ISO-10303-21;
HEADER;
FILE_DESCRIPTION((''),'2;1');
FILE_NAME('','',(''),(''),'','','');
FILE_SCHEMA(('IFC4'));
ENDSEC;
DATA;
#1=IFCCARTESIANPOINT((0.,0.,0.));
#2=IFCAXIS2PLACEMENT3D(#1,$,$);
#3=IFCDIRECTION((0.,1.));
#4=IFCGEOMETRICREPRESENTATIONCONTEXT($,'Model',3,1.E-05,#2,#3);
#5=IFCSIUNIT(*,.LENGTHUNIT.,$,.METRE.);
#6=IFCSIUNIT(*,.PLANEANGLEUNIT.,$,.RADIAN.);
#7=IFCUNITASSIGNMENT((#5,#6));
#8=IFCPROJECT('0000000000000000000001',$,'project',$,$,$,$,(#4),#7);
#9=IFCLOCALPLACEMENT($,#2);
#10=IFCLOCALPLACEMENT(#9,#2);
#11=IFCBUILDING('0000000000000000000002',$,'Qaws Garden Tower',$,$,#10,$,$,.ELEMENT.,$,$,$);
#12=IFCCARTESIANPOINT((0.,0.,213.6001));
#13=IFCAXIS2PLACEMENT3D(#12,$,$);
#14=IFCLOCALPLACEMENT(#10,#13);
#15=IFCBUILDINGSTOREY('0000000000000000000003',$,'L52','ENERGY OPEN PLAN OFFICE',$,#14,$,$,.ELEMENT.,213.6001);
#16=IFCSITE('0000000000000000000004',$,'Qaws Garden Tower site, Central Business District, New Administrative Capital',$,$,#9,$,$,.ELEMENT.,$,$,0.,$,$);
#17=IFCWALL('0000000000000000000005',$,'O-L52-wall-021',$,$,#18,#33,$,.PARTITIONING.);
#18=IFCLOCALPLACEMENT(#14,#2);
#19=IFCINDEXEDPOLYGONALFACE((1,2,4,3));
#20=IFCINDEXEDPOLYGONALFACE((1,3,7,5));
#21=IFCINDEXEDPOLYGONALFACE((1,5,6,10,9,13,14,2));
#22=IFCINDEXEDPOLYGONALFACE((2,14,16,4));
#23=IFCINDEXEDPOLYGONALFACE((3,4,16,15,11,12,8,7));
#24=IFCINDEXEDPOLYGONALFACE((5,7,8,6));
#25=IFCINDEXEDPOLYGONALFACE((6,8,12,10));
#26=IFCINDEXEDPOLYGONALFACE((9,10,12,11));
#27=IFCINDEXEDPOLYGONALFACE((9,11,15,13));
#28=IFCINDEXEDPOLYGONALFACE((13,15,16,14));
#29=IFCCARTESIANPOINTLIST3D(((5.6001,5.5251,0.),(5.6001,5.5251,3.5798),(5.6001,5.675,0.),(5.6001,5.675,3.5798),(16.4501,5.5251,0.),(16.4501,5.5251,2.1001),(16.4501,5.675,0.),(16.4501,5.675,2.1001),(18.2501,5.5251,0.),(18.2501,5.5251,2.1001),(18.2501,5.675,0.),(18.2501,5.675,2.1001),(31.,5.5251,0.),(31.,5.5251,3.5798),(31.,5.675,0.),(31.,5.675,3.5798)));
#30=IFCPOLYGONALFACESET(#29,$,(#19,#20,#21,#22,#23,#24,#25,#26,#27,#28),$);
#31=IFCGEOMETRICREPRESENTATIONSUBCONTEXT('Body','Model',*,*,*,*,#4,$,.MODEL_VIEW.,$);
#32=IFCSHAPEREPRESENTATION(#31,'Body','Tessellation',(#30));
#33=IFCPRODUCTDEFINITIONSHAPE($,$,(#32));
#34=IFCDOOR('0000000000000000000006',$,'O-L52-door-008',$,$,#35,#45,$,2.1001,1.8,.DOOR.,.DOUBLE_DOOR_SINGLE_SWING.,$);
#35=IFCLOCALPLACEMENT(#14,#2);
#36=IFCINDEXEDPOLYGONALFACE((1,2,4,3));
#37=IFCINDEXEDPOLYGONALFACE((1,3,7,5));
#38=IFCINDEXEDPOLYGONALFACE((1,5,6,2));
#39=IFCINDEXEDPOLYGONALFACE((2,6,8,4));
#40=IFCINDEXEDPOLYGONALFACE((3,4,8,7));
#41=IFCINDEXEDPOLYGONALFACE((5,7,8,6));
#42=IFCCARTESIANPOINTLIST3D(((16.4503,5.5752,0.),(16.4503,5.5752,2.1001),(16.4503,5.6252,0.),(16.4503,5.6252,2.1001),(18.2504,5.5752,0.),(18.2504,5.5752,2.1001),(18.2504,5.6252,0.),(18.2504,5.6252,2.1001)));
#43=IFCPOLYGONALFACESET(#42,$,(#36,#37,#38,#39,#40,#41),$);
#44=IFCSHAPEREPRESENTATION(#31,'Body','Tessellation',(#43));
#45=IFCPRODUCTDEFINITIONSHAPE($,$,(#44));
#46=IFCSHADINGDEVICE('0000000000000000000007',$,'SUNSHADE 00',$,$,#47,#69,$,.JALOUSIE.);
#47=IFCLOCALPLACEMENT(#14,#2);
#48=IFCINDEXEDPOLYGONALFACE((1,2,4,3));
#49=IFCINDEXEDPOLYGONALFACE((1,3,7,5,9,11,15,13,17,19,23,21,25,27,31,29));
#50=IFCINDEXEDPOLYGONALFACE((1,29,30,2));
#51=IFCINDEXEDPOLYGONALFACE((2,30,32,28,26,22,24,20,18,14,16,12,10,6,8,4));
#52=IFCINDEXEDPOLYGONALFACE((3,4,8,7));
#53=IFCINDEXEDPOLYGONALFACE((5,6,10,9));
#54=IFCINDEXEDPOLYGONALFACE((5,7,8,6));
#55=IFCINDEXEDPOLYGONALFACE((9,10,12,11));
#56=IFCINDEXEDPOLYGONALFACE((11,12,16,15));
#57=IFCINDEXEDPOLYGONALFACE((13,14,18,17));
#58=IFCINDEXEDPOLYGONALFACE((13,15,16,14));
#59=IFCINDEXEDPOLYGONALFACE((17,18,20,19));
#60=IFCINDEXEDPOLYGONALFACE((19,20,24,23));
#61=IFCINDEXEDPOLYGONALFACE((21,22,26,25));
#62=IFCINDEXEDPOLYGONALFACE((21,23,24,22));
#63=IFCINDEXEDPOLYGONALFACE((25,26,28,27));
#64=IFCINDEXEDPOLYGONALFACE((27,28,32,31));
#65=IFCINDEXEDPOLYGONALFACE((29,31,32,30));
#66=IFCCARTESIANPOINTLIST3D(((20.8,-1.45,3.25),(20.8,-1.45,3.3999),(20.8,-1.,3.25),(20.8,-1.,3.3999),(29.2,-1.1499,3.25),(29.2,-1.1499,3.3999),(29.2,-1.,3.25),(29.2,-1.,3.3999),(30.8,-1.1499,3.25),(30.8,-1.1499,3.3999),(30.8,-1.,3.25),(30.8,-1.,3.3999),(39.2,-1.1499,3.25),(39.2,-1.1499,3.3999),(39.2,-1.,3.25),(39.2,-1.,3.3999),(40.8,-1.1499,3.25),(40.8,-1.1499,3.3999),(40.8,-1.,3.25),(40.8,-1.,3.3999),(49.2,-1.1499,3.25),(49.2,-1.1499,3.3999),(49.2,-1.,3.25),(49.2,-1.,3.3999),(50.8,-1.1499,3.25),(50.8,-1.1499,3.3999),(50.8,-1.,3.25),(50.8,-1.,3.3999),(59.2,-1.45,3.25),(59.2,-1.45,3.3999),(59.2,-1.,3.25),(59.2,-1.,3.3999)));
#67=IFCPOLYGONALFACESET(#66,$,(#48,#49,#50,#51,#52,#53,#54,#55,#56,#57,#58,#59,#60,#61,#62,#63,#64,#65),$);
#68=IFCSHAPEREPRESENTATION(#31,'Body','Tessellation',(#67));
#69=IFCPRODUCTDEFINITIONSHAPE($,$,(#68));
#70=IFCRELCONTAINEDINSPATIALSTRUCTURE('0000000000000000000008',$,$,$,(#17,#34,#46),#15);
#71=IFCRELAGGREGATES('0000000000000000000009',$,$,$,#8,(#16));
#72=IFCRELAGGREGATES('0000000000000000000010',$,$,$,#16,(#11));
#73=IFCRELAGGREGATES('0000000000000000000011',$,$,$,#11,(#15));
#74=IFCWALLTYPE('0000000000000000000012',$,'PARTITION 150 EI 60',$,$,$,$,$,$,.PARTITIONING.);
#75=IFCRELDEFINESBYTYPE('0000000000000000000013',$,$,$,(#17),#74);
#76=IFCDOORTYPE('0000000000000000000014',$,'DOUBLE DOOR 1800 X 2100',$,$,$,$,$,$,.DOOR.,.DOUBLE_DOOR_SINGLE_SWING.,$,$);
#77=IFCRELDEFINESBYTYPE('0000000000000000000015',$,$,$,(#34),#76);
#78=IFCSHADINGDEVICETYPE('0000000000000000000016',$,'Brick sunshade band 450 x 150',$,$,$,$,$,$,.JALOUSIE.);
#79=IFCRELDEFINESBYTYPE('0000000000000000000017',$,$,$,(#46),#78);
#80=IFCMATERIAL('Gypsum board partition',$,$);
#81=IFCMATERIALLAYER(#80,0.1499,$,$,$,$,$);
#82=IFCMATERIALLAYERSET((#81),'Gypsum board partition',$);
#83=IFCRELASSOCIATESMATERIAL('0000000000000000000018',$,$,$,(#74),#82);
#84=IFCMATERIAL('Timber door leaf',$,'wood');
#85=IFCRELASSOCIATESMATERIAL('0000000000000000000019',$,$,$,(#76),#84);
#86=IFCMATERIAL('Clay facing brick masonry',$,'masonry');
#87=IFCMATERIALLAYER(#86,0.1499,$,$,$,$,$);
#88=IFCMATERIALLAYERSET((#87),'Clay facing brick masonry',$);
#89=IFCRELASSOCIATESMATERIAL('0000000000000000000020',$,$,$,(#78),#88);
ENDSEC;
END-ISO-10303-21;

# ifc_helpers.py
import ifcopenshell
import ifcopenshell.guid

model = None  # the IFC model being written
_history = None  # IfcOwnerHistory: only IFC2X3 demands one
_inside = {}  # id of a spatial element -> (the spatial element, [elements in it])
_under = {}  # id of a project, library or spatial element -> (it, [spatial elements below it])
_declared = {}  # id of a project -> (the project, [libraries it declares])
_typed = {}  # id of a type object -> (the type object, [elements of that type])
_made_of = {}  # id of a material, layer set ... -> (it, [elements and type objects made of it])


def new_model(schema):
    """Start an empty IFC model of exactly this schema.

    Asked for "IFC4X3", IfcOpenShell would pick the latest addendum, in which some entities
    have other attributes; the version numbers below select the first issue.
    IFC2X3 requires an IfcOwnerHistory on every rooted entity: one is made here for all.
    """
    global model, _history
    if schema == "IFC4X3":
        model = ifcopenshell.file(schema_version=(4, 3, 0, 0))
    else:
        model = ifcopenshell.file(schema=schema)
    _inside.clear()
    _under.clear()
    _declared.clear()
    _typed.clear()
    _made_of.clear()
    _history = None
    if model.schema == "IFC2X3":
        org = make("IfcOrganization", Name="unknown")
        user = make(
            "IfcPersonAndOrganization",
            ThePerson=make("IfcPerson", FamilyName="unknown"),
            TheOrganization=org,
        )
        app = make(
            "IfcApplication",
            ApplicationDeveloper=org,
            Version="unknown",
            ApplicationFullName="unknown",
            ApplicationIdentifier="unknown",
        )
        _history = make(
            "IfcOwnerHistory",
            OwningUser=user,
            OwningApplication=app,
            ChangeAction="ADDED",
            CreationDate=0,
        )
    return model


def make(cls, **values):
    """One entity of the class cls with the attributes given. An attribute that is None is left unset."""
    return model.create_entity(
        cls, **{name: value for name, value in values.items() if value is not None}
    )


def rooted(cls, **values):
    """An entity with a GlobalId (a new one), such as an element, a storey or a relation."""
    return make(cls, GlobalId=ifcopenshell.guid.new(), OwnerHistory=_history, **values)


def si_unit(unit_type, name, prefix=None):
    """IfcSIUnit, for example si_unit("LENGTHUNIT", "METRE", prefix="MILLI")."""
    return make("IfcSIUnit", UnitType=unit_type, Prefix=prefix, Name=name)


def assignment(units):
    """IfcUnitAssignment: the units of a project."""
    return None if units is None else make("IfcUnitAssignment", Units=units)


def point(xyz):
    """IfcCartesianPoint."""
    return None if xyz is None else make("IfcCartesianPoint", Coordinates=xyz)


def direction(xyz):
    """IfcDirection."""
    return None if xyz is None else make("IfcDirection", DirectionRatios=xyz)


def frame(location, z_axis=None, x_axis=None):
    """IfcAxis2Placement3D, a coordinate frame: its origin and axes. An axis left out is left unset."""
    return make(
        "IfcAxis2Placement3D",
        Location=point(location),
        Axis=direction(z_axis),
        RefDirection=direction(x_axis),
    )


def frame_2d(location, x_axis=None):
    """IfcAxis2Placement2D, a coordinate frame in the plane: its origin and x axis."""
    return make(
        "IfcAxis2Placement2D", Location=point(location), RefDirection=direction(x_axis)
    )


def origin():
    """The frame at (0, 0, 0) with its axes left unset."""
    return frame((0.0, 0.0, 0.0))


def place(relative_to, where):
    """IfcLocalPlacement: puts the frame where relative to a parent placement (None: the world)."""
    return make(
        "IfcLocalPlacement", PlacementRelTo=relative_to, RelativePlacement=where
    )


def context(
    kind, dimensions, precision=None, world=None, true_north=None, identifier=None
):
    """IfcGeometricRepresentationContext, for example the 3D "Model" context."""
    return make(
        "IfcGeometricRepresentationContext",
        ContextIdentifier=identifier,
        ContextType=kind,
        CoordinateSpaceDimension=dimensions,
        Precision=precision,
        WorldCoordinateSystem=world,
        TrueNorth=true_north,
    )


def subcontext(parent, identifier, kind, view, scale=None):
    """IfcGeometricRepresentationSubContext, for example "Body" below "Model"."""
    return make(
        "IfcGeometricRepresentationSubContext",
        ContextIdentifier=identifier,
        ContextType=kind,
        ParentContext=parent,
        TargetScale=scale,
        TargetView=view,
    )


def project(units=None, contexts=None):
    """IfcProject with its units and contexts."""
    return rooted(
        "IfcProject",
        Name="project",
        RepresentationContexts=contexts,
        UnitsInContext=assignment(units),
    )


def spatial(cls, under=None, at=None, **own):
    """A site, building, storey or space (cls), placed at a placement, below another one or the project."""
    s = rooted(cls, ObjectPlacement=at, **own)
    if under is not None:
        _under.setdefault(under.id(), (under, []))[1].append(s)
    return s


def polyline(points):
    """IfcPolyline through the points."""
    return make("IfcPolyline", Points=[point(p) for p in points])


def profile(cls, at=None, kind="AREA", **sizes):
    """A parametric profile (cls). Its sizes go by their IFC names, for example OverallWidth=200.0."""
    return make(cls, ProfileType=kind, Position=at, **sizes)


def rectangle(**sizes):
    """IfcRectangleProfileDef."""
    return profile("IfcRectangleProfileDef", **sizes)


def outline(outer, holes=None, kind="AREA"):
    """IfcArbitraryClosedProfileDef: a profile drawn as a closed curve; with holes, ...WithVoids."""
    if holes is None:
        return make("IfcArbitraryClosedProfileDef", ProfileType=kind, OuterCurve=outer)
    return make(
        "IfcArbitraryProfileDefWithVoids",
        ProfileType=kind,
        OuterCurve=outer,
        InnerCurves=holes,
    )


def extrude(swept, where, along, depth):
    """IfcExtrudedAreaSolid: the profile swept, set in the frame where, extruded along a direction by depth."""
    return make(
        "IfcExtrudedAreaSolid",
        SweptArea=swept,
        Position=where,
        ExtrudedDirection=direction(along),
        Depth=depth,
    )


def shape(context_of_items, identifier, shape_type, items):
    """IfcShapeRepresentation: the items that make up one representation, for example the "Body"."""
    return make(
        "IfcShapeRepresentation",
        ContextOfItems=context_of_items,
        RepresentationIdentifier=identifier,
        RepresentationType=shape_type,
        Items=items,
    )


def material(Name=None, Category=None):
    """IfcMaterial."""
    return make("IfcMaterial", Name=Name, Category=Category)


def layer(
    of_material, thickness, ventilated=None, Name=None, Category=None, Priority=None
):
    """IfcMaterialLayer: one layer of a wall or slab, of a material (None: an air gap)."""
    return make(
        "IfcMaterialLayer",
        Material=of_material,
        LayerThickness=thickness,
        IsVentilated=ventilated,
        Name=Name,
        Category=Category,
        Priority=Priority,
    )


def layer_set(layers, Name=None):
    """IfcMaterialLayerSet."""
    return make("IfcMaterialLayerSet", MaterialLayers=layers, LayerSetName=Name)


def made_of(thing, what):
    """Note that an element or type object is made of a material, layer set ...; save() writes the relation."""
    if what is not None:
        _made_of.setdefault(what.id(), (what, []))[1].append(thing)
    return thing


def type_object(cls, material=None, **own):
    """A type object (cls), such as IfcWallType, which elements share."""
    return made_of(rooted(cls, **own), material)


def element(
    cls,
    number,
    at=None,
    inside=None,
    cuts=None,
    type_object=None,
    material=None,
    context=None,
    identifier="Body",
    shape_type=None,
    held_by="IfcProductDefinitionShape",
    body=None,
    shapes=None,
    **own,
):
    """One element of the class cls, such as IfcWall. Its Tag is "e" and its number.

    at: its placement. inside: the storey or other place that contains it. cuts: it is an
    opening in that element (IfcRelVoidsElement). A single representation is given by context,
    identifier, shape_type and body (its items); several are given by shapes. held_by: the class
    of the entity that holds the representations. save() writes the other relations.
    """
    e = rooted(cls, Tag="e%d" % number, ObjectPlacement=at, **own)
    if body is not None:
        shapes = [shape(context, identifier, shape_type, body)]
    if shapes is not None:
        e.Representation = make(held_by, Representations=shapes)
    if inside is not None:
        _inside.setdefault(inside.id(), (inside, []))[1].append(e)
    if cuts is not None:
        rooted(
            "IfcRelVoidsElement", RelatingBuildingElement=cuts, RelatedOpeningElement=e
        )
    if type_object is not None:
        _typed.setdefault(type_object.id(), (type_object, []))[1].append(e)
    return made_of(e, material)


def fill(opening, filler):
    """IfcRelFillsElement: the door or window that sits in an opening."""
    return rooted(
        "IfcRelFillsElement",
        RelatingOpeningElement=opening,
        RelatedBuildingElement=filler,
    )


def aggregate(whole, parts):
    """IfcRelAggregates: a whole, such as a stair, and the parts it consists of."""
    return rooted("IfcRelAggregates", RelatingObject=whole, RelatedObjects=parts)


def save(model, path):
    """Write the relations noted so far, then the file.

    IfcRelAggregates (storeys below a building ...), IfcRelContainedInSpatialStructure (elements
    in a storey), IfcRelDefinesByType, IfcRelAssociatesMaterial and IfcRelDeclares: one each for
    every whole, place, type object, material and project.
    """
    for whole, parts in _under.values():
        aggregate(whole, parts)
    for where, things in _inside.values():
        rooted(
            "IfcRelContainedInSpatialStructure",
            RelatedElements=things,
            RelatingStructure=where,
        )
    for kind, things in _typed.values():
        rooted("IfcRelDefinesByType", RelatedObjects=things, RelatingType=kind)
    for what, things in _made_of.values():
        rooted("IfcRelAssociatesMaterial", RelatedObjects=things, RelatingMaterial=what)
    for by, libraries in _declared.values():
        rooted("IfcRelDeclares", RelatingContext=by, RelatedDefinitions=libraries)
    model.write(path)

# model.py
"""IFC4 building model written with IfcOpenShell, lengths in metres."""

from ifc_helpers import new_model, si_unit, direction, frame, frame_2d, origin, place, context, subcontext, project, spatial, polyline, rectangle, outline, extrude, material, layer, layer_set, type_object, element, fill, save


model = new_model("IFC4")

# Units and contexts
model_context = context("Model", 3, precision=1e-05, world=origin(), true_north=direction((0.0, 1.0)))
body_context = subcontext(model_context, "Body", "Model", "MODEL_VIEW")
ifc_project = project(units=[si_unit("LENGTHUNIT", "METRE"), si_unit("PLANEANGLEUNIT", "RADIAN")], contexts=[model_context])

# Site, building, storey
site_placement = place(None, origin())
site = spatial("IfcSite", under=ifc_project, at=site_placement, Name="Qaws Garden Tower site, Central Business District, New Administrative Capital", CompositionType="ELEMENT", RefElevation=0.0)
building_placement = place(site_placement, origin())
building = spatial("IfcBuilding", under=site, at=building_placement, Name="Qaws Garden Tower", CompositionType="ELEMENT")
storey_placement = place(building_placement, frame((0.0, 0.0, 213.6001)))
storey = spatial("IfcBuildingStorey", under=building, at=storey_placement, Name="L52", Description="ENERGY OPEN PLAN OFFICE", CompositionType="ELEMENT", Elevation=213.6001)

# Shared definitions
ifc_material_1 = material(Name="Gypsum board partition")
ifc_layer_1 = layer(ifc_material_1, 0.1499)
ifc_layer_set_1 = layer_set([ifc_layer_1], Name="Gypsum board partition")
wall_type_1 = type_object("IfcWallType", Name="PARTITION 150 EI 60", PredefinedType="PARTITIONING", material=ifc_layer_set_1)
ifc_material_2 = material(Name="Timber door leaf", Category="wood")
door_type_1 = type_object("IfcDoorType", Name="DOUBLE DOOR 1800 X 2100", OperationType="DOUBLE_DOOR_SINGLE_SWING", PredefinedType="DOOR", material=ifc_material_2)

# Wall, opening, door
wall_1_placement = place(storey_placement, frame((5.6001, 5.6001, 0.0), z_axis=(0.0, 0.0, 1.0), x_axis=(1.0, 0.0, 0.0)))
wall_1 = element("IfcWall", 1, at=wall_1_placement, inside=storey, type_object=wall_type_1, Name="O-L52-wall-021", PredefinedType="PARTITIONING", context=body_context, shape_type="SweptSolid", body=[
    extrude(rectangle(XDim=25.3999, YDim=0.1499, at=frame_2d((12.7, 0.0))), origin(), (0.0, 0.0, 1.0), 3.5798),
])
opening_1_placement = place(wall_1_placement, frame((10.8501, 0.0, 0.0)))
opening_1 = element("IfcOpeningElement", 2, at=opening_1_placement, cuts=wall_1, PredefinedType="OPENING", context=body_context, shape_type="SweptSolid", body=[
    extrude(rectangle(XDim=1.8, YDim=2.1001, at=frame_2d((0.8999, 1.05))), frame((0.0, 0.085, 0.0), z_axis=(0.0, -1.0, 0.0), x_axis=(1.0, 0.0, 0.0)), (0.0, 0.0, 1.0), 0.1699),
])
door_1_placement = place(opening_1_placement, frame((1.8, 0.0, 0.0), z_axis=(0.0, 0.0, 1.0), x_axis=(-1.0, 0.0, 0.0)))
door_1 = element("IfcDoor", 3, at=door_1_placement, inside=storey, type_object=door_type_1, Name="O-L52-door-008", OperationType="DOUBLE_DOOR_SINGLE_SWING", OverallHeight=2.1001, OverallWidth=1.8, PredefinedType="DOOR", context=body_context, shape_type="SweptSolid", body=[
    extrude(rectangle(XDim=1.8, YDim=2.1001, at=frame_2d((0.8999, 1.05))), frame((0.0, 0.0249, 0.0), z_axis=(0.0, -1.0, 0.0), x_axis=(1.0, 0.0, 0.0)), (0.0, 0.0, 1.0), 0.05),
])
fill(opening_1, door_1)

# Shading device
ifc_material_3 = material(Name="Clay facing brick masonry", Category="masonry")
ifc_layer_2 = layer(ifc_material_3, 0.1499)
ifc_layer_set_2 = layer_set([ifc_layer_2], Name="Clay facing brick masonry")
shading_device_type = type_object("IfcShadingDeviceType", Name="Brick sunshade band 450 x 150", PredefinedType="JALOUSIE", material=ifc_layer_set_2)
shading_device_placement = place(storey_placement, frame((0.0, 0.0, 3.25)))
element("IfcShadingDevice", 4, at=shading_device_placement, inside=storey, type_object=shading_device_type, Name="SUNSHADE 00", PredefinedType="JALOUSIE", context=body_context, shape_type="SweptSolid", body=[
    extrude(outline(polyline([(20.8, -1.0), (20.8, -1.45), (59.2, -1.45), (59.2, -1.0), (50.8, -1.0), (50.8, -1.1499), (49.2, -1.1499), (49.2, -1.0), (40.8, -1.0), (40.8, -1.1499), (39.2, -1.1499), (39.2, -1.0), (30.8, -1.0), (30.8, -1.1499), (29.2, -1.1499), (29.2, -1.0), (20.8, -1.0)])), origin(), (0.0, 0.0, 1.0), 0.1499),
])

save(model, "model.ifc")
